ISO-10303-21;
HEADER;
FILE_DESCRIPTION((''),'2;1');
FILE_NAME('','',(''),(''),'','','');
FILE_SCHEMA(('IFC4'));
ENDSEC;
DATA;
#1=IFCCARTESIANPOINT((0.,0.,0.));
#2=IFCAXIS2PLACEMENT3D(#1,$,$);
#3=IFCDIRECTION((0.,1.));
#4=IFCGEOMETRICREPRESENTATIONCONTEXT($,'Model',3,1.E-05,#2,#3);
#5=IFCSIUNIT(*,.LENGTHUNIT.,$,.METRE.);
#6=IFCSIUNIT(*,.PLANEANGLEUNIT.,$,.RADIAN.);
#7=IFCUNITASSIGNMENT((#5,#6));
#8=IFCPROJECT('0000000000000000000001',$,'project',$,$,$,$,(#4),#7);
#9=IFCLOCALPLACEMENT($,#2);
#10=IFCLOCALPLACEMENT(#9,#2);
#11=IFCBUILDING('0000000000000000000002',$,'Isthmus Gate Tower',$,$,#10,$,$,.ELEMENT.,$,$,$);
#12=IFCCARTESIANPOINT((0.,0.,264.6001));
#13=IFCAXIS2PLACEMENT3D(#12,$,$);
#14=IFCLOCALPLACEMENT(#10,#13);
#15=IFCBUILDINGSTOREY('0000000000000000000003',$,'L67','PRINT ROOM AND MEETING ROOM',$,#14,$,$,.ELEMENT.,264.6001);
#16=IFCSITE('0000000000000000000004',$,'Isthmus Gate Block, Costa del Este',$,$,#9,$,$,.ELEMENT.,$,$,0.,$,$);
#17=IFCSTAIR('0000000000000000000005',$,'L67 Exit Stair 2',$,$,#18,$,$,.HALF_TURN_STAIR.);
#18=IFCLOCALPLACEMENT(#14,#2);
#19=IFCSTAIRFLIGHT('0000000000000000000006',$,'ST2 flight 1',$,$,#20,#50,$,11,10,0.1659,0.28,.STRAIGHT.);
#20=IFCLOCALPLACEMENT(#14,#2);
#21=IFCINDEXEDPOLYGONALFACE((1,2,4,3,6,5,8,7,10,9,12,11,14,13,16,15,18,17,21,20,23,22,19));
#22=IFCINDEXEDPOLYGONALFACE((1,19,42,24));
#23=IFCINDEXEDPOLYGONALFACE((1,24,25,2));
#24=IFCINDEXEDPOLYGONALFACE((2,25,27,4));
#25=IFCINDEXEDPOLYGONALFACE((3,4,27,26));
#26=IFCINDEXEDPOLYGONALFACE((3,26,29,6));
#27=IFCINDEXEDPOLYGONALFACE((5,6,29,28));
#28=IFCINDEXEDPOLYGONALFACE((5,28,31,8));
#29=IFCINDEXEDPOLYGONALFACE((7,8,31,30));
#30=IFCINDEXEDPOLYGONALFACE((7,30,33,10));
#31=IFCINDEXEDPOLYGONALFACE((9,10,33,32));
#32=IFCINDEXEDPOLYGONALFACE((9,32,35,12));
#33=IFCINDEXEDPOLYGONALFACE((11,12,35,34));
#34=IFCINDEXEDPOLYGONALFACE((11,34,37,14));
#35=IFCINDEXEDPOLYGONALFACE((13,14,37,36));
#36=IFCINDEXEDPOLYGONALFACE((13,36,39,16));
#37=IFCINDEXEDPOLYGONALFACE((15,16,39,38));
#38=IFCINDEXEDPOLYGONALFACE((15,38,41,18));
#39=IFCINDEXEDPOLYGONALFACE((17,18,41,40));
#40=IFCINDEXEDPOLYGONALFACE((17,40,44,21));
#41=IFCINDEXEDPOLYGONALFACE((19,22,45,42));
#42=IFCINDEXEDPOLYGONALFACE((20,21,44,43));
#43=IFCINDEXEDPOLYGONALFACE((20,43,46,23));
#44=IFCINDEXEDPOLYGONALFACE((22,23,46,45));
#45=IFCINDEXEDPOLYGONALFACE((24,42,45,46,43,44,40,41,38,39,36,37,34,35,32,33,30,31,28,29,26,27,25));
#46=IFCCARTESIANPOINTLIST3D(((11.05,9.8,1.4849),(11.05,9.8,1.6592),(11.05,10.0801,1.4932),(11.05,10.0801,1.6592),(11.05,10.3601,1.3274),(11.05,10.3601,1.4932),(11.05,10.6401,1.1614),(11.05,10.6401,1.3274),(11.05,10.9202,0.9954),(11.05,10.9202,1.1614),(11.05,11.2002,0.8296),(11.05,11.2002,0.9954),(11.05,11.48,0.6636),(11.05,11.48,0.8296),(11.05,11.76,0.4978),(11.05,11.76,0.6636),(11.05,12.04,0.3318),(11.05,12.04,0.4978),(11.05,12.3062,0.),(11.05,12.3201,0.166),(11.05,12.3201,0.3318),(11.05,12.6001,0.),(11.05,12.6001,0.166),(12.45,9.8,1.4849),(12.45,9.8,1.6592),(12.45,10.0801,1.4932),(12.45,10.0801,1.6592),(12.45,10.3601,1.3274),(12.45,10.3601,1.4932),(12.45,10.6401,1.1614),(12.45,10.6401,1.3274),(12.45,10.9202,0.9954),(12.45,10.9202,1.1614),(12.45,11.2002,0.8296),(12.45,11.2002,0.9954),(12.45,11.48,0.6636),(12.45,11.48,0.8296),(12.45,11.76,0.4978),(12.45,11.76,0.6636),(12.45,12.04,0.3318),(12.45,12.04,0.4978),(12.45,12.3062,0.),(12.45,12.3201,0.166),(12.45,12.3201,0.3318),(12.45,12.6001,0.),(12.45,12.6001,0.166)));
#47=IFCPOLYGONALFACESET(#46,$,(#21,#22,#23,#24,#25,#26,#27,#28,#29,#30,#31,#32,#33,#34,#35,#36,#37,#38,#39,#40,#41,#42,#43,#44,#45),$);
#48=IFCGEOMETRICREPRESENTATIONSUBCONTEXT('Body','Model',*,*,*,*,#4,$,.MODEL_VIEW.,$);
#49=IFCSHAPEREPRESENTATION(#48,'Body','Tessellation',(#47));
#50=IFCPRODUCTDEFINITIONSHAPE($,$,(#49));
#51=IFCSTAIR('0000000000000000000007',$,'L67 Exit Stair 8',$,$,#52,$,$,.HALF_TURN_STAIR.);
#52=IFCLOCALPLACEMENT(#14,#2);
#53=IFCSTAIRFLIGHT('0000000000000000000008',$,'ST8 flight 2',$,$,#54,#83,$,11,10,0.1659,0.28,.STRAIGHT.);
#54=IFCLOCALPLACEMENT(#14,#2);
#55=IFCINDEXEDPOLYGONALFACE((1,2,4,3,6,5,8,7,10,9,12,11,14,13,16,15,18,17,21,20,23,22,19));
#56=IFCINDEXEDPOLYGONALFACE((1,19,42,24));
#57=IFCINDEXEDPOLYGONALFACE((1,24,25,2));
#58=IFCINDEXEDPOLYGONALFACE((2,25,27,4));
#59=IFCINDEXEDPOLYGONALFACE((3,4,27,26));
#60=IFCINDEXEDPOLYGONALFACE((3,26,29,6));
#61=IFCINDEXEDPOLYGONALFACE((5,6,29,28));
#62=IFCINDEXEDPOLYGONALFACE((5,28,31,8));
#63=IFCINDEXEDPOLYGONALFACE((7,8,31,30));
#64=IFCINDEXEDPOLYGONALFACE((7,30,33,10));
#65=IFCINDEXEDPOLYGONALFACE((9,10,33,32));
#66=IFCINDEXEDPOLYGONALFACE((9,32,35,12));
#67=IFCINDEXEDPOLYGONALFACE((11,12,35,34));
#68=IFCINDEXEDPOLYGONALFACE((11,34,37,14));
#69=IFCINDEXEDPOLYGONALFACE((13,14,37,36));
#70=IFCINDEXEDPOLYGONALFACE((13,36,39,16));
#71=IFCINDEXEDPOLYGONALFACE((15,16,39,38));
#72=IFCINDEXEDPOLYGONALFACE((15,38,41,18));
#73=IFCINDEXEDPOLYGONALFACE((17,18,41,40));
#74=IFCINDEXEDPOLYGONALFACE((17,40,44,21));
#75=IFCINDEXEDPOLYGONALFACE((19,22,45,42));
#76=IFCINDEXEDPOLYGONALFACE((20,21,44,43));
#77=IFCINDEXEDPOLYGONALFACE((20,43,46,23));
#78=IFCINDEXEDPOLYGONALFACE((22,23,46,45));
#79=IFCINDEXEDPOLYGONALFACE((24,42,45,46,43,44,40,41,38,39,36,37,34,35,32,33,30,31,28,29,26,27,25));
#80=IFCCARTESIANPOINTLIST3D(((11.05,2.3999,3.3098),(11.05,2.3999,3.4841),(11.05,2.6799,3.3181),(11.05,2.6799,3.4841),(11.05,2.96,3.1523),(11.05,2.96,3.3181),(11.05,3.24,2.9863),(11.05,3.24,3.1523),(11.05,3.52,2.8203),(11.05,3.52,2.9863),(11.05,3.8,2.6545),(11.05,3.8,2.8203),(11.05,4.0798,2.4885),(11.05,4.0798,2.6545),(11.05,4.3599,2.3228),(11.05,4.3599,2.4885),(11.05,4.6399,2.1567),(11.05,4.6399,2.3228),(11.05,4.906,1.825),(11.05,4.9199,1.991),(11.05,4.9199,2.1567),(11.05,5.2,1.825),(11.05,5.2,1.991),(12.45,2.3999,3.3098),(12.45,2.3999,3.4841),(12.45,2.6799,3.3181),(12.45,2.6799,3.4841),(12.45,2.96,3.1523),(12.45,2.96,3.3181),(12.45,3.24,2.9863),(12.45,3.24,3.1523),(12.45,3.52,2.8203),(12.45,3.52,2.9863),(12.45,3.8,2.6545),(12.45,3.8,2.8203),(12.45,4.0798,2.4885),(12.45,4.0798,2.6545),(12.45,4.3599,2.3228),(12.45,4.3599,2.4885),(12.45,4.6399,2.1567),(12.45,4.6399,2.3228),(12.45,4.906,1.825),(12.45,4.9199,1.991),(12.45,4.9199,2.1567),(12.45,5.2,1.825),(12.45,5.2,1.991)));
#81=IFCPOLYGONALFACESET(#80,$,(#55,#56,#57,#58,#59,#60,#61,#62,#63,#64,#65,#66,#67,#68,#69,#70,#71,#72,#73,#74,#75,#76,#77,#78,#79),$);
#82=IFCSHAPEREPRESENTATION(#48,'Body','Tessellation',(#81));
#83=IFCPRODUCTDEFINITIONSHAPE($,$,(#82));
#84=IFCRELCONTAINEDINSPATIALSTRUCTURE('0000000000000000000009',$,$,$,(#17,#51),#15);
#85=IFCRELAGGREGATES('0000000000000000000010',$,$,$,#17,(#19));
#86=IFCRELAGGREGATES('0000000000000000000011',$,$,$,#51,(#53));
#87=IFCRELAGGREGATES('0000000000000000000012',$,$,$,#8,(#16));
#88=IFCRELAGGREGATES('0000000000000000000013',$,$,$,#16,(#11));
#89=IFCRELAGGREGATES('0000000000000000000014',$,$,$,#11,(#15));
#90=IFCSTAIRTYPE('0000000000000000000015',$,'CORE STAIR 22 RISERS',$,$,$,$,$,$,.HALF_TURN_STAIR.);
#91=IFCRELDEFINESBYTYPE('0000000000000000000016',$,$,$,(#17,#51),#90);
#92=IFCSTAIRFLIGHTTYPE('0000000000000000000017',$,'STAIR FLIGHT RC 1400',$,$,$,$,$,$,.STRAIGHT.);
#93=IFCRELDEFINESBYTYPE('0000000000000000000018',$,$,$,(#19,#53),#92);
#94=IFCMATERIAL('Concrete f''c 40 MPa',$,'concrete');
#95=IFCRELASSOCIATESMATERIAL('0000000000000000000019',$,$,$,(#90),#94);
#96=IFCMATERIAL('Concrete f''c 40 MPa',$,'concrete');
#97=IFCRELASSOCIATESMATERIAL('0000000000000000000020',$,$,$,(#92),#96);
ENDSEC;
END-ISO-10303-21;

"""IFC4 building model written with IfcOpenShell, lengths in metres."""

from ifc_helpers import new_model, si_unit, direction, frame, origin, place, context, subcontext, project, spatial, polyline, outline, extrude, material, type_object, element, aggregate, save


model = new_model("IFC4")

# Units and contexts
model_context = context("Model", 3, precision=1e-05, world=origin(), true_north=direction((0.0, 1.0)))
body_context = subcontext(model_context, "Body", "Model", "MODEL_VIEW")
ifc_project = project(units=[si_unit("LENGTHUNIT", "METRE"), si_unit("PLANEANGLEUNIT", "RADIAN")], contexts=[model_context])

# Site, building, storey
site_placement = place(None, origin())
site = spatial("IfcSite", under=ifc_project, at=site_placement, Name="Isthmus Gate Block, Costa del Este", CompositionType="ELEMENT", RefElevation=0.0)
building_placement = place(site_placement, origin())
building = spatial("IfcBuilding", under=site, at=building_placement, Name="Isthmus Gate Tower", CompositionType="ELEMENT")
storey_placement = place(building_placement, frame((0.0, 0.0, 264.6001)))
storey = spatial("IfcBuildingStorey", under=building, at=storey_placement, Name="L67", Description="PRINT ROOM AND MEETING ROOM", CompositionType="ELEMENT", Elevation=264.6001)

# Stairs, stair flights
ifc_material_1 = material(Name="Concrete f'c 40 MPa", Category="concrete")
stair_type = type_object("IfcStairType", Name="CORE STAIR 22 RISERS", PredefinedType="HALF_TURN_STAIR", material=ifc_material_1)
stair_1_placement = place(storey_placement, origin())
stair_1 = element("IfcStair", 1, at=stair_1_placement, inside=storey, type_object=stair_type, Name="L67 Exit Stair 2", PredefinedType="HALF_TURN_STAIR")
ifc_material_2 = material(Name="Concrete f'c 40 MPa", Category="concrete")
stair_flight_type = type_object("IfcStairFlightType", Name="STAIR FLIGHT RC 1400", PredefinedType="STRAIGHT", material=ifc_material_2)
stair_flight_1_placement = place(storey_placement, frame((11.75, 12.6001, 0.0), z_axis=(0.0, 0.0, 1.0), x_axis=(0.0, -1.0, 0.0)))
stair_flight_1 = element("IfcStairFlight", 2, at=stair_flight_1_placement, type_object=stair_flight_type, Name="ST2 flight 1", NumberOfRisers=11, NumberOfTreads=10, PredefinedType="STRAIGHT", RiserHeight=0.1659, TreadLength=0.28, context=body_context, shape_type="SweptSolid", body=[
    extrude(outline(polyline([(0.0, 0.0), (0.0, 0.166), (0.28, 0.166), (0.28, 0.3318), (0.5601, 0.3318), (0.5601, 0.4978), (0.8401, 0.4978), (0.8401, 0.6636), (1.1201, 0.6636), (1.1201, 0.8296), (1.3999, 0.8296), (1.3999, 0.9954), (1.6799, 0.9954), (1.6799, 1.1614), (1.96, 1.1614), (1.96, 1.3274), (2.24, 1.3274), (2.24, 1.4932), (2.52, 1.4932), (2.52, 1.6592), (2.8, 1.6592), (2.8, 1.825), (2.8, 1.4849), (0.2939, 0.0), (0.0, 0.0)])), frame((0.0, 0.7, 0.0), z_axis=(0.0, -1.0, 0.0), x_axis=(1.0, 0.0, 0.0)), (0.0, 0.0, 1.0), 1.3999),
])
aggregate(stair_1, [stair_flight_1])
stair_2_placement = place(storey_placement, origin())
stair_2 = element("IfcStair", 3, at=stair_2_placement, inside=storey, type_object=stair_type, Name="L67 Exit Stair 8", PredefinedType="HALF_TURN_STAIR")
stair_flight_2_placement = place(storey_placement, frame((11.75, 5.2, 1.825), z_axis=(0.0, 0.0, 1.0), x_axis=(0.0, -1.0, 0.0)))
stair_flight_2 = element("IfcStairFlight", 4, at=stair_flight_2_placement, type_object=stair_flight_type, Name="ST8 flight 2", NumberOfRisers=11, NumberOfTreads=10, PredefinedType="STRAIGHT", RiserHeight=0.1659, TreadLength=0.28, context=body_context, shape_type="SweptSolid", body=[
    extrude(outline(polyline([(0.0, 0.0), (0.0, 0.166), (0.28, 0.166), (0.28, 0.3318), (0.5601, 0.3318), (0.5601, 0.4978), (0.8401, 0.4978), (0.8401, 0.6636), (1.1201, 0.6636), (1.1201, 0.8296), (1.3999, 0.8296), (1.3999, 0.9954), (1.6799, 0.9954), (1.6799, 1.1614), (1.96, 1.1614), (1.96, 1.3274), (2.24, 1.3274), (2.24, 1.4932), (2.52, 1.4932), (2.52, 1.6592), (2.8, 1.6592), (2.8, 1.825), (2.8, 1.4849), (0.2939, 0.0), (0.0, 0.0)])), frame((0.0, 0.7, 0.0), z_axis=(0.0, -1.0, 0.0), x_axis=(1.0, 0.0, 0.0)), (0.0, 0.0, 1.0), 1.3999),
])
aggregate(stair_2, [stair_flight_2])

save(model, "model.ifc")
